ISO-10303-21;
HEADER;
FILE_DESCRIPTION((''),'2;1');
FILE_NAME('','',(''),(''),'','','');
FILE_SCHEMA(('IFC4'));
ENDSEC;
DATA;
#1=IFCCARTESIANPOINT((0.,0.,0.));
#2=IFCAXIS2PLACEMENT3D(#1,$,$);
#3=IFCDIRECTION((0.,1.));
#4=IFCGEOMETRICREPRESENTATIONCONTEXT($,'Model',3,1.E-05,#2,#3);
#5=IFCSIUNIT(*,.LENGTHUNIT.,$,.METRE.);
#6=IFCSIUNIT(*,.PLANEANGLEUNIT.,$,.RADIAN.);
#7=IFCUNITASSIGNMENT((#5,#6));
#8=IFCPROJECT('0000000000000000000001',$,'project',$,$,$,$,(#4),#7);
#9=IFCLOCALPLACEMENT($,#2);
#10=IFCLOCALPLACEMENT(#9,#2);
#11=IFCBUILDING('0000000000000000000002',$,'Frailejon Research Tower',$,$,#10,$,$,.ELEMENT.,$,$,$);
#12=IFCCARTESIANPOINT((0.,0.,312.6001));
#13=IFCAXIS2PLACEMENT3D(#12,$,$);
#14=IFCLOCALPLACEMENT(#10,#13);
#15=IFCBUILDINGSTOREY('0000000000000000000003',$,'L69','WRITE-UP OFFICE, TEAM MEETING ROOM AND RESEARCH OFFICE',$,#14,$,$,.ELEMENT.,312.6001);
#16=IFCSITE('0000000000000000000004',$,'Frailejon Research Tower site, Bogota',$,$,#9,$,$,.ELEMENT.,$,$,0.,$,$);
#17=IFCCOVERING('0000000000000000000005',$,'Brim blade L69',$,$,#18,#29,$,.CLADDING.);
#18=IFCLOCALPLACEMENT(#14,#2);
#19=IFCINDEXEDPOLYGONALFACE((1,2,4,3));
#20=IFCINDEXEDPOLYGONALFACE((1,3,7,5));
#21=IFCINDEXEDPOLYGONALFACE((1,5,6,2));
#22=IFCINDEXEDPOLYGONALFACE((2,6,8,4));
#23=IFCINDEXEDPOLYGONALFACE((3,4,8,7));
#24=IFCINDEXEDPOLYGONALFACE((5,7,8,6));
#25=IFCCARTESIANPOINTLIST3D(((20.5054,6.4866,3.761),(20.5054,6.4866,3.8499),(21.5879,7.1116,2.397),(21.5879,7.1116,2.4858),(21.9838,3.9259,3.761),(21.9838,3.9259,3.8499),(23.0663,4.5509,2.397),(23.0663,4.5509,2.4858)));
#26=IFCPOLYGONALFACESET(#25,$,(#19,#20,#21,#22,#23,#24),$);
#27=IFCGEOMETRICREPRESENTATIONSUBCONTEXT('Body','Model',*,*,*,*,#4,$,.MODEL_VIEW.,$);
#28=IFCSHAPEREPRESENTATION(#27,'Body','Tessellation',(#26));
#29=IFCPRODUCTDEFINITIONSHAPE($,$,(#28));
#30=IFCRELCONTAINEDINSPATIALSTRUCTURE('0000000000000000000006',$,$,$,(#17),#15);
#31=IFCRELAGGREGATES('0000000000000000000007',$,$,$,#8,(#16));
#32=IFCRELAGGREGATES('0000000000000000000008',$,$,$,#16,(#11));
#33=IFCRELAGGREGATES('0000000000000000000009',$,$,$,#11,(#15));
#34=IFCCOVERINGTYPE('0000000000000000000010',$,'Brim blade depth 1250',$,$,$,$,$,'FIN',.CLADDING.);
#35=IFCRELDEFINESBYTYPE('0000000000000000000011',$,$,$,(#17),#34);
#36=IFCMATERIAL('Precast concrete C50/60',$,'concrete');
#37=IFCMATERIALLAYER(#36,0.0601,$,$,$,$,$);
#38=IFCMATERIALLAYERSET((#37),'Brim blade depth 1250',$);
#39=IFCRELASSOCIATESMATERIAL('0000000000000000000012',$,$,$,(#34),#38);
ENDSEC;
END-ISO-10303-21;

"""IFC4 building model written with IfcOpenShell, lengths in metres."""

from ifc_helpers import new_model, si_unit, direction, frame, origin, place, context, subcontext, project, spatial, polyline, outline, extrude, material, layer, layer_set, type_object, element, save


model = new_model("IFC4")

# Units and contexts
model_context = context("Model", 3, precision=1e-05, world=origin(), true_north=direction((0.0, 1.0)))
body_context = subcontext(model_context, "Body", "Model", "MODEL_VIEW")
ifc_project = project(units=[si_unit("LENGTHUNIT", "METRE"), si_unit("PLANEANGLEUNIT", "RADIAN")], contexts=[model_context])

# Site, building, storey
site_placement = place(None, origin())
site = spatial("IfcSite", under=ifc_project, at=site_placement, Name="Frailejon Research Tower site, Bogota", CompositionType="ELEMENT", RefElevation=0.0)
building_placement = place(site_placement, origin())
building = spatial("IfcBuilding", under=site, at=building_placement, Name="Frailejon Research Tower", CompositionType="ELEMENT")
storey_placement = place(building_placement, frame((0.0, 0.0, 312.6001)))
storey = spatial("IfcBuildingStorey", under=building, at=storey_placement, Name="L69", Description="WRITE-UP OFFICE, TEAM MEETING ROOM AND RESEARCH OFFICE", CompositionType="ELEMENT", Elevation=312.6001)

# Covering
ifc_material_1 = material(Name="Precast concrete C50/60", Category="concrete")
ifc_layer_1 = layer(ifc_material_1, 0.0601)
ifc_layer_set_1 = layer_set([ifc_layer_1], Name="Brim blade depth 1250")
covering_type = type_object("IfcCoveringType", Name="Brim blade depth 1250", ElementType="FIN", PredefinedType="CLADDING", material=ifc_layer_set_1)
covering_placement = place(storey_placement, frame((20.5054, 6.4866, 3.8499), z_axis=(0.499995, -0.866028, 0.0), x_axis=(0.866028, 0.499995, 0.0)))
element("IfcCovering", 1, at=covering_placement, inside=storey, type_object=covering_type, Name="Brim blade L69", PredefinedType="CLADDING", context=body_context, shape_type="SweptSolid", body=[
    extrude(outline(polyline([(0.0, -0.0889), (1.25, -1.4529), (1.25, -1.364), (0.0, 0.0), (0.0, -0.0889)])), origin(), (0.0, 0.0, 1.0), 2.9568),
])

save(model, "model.ifc")
